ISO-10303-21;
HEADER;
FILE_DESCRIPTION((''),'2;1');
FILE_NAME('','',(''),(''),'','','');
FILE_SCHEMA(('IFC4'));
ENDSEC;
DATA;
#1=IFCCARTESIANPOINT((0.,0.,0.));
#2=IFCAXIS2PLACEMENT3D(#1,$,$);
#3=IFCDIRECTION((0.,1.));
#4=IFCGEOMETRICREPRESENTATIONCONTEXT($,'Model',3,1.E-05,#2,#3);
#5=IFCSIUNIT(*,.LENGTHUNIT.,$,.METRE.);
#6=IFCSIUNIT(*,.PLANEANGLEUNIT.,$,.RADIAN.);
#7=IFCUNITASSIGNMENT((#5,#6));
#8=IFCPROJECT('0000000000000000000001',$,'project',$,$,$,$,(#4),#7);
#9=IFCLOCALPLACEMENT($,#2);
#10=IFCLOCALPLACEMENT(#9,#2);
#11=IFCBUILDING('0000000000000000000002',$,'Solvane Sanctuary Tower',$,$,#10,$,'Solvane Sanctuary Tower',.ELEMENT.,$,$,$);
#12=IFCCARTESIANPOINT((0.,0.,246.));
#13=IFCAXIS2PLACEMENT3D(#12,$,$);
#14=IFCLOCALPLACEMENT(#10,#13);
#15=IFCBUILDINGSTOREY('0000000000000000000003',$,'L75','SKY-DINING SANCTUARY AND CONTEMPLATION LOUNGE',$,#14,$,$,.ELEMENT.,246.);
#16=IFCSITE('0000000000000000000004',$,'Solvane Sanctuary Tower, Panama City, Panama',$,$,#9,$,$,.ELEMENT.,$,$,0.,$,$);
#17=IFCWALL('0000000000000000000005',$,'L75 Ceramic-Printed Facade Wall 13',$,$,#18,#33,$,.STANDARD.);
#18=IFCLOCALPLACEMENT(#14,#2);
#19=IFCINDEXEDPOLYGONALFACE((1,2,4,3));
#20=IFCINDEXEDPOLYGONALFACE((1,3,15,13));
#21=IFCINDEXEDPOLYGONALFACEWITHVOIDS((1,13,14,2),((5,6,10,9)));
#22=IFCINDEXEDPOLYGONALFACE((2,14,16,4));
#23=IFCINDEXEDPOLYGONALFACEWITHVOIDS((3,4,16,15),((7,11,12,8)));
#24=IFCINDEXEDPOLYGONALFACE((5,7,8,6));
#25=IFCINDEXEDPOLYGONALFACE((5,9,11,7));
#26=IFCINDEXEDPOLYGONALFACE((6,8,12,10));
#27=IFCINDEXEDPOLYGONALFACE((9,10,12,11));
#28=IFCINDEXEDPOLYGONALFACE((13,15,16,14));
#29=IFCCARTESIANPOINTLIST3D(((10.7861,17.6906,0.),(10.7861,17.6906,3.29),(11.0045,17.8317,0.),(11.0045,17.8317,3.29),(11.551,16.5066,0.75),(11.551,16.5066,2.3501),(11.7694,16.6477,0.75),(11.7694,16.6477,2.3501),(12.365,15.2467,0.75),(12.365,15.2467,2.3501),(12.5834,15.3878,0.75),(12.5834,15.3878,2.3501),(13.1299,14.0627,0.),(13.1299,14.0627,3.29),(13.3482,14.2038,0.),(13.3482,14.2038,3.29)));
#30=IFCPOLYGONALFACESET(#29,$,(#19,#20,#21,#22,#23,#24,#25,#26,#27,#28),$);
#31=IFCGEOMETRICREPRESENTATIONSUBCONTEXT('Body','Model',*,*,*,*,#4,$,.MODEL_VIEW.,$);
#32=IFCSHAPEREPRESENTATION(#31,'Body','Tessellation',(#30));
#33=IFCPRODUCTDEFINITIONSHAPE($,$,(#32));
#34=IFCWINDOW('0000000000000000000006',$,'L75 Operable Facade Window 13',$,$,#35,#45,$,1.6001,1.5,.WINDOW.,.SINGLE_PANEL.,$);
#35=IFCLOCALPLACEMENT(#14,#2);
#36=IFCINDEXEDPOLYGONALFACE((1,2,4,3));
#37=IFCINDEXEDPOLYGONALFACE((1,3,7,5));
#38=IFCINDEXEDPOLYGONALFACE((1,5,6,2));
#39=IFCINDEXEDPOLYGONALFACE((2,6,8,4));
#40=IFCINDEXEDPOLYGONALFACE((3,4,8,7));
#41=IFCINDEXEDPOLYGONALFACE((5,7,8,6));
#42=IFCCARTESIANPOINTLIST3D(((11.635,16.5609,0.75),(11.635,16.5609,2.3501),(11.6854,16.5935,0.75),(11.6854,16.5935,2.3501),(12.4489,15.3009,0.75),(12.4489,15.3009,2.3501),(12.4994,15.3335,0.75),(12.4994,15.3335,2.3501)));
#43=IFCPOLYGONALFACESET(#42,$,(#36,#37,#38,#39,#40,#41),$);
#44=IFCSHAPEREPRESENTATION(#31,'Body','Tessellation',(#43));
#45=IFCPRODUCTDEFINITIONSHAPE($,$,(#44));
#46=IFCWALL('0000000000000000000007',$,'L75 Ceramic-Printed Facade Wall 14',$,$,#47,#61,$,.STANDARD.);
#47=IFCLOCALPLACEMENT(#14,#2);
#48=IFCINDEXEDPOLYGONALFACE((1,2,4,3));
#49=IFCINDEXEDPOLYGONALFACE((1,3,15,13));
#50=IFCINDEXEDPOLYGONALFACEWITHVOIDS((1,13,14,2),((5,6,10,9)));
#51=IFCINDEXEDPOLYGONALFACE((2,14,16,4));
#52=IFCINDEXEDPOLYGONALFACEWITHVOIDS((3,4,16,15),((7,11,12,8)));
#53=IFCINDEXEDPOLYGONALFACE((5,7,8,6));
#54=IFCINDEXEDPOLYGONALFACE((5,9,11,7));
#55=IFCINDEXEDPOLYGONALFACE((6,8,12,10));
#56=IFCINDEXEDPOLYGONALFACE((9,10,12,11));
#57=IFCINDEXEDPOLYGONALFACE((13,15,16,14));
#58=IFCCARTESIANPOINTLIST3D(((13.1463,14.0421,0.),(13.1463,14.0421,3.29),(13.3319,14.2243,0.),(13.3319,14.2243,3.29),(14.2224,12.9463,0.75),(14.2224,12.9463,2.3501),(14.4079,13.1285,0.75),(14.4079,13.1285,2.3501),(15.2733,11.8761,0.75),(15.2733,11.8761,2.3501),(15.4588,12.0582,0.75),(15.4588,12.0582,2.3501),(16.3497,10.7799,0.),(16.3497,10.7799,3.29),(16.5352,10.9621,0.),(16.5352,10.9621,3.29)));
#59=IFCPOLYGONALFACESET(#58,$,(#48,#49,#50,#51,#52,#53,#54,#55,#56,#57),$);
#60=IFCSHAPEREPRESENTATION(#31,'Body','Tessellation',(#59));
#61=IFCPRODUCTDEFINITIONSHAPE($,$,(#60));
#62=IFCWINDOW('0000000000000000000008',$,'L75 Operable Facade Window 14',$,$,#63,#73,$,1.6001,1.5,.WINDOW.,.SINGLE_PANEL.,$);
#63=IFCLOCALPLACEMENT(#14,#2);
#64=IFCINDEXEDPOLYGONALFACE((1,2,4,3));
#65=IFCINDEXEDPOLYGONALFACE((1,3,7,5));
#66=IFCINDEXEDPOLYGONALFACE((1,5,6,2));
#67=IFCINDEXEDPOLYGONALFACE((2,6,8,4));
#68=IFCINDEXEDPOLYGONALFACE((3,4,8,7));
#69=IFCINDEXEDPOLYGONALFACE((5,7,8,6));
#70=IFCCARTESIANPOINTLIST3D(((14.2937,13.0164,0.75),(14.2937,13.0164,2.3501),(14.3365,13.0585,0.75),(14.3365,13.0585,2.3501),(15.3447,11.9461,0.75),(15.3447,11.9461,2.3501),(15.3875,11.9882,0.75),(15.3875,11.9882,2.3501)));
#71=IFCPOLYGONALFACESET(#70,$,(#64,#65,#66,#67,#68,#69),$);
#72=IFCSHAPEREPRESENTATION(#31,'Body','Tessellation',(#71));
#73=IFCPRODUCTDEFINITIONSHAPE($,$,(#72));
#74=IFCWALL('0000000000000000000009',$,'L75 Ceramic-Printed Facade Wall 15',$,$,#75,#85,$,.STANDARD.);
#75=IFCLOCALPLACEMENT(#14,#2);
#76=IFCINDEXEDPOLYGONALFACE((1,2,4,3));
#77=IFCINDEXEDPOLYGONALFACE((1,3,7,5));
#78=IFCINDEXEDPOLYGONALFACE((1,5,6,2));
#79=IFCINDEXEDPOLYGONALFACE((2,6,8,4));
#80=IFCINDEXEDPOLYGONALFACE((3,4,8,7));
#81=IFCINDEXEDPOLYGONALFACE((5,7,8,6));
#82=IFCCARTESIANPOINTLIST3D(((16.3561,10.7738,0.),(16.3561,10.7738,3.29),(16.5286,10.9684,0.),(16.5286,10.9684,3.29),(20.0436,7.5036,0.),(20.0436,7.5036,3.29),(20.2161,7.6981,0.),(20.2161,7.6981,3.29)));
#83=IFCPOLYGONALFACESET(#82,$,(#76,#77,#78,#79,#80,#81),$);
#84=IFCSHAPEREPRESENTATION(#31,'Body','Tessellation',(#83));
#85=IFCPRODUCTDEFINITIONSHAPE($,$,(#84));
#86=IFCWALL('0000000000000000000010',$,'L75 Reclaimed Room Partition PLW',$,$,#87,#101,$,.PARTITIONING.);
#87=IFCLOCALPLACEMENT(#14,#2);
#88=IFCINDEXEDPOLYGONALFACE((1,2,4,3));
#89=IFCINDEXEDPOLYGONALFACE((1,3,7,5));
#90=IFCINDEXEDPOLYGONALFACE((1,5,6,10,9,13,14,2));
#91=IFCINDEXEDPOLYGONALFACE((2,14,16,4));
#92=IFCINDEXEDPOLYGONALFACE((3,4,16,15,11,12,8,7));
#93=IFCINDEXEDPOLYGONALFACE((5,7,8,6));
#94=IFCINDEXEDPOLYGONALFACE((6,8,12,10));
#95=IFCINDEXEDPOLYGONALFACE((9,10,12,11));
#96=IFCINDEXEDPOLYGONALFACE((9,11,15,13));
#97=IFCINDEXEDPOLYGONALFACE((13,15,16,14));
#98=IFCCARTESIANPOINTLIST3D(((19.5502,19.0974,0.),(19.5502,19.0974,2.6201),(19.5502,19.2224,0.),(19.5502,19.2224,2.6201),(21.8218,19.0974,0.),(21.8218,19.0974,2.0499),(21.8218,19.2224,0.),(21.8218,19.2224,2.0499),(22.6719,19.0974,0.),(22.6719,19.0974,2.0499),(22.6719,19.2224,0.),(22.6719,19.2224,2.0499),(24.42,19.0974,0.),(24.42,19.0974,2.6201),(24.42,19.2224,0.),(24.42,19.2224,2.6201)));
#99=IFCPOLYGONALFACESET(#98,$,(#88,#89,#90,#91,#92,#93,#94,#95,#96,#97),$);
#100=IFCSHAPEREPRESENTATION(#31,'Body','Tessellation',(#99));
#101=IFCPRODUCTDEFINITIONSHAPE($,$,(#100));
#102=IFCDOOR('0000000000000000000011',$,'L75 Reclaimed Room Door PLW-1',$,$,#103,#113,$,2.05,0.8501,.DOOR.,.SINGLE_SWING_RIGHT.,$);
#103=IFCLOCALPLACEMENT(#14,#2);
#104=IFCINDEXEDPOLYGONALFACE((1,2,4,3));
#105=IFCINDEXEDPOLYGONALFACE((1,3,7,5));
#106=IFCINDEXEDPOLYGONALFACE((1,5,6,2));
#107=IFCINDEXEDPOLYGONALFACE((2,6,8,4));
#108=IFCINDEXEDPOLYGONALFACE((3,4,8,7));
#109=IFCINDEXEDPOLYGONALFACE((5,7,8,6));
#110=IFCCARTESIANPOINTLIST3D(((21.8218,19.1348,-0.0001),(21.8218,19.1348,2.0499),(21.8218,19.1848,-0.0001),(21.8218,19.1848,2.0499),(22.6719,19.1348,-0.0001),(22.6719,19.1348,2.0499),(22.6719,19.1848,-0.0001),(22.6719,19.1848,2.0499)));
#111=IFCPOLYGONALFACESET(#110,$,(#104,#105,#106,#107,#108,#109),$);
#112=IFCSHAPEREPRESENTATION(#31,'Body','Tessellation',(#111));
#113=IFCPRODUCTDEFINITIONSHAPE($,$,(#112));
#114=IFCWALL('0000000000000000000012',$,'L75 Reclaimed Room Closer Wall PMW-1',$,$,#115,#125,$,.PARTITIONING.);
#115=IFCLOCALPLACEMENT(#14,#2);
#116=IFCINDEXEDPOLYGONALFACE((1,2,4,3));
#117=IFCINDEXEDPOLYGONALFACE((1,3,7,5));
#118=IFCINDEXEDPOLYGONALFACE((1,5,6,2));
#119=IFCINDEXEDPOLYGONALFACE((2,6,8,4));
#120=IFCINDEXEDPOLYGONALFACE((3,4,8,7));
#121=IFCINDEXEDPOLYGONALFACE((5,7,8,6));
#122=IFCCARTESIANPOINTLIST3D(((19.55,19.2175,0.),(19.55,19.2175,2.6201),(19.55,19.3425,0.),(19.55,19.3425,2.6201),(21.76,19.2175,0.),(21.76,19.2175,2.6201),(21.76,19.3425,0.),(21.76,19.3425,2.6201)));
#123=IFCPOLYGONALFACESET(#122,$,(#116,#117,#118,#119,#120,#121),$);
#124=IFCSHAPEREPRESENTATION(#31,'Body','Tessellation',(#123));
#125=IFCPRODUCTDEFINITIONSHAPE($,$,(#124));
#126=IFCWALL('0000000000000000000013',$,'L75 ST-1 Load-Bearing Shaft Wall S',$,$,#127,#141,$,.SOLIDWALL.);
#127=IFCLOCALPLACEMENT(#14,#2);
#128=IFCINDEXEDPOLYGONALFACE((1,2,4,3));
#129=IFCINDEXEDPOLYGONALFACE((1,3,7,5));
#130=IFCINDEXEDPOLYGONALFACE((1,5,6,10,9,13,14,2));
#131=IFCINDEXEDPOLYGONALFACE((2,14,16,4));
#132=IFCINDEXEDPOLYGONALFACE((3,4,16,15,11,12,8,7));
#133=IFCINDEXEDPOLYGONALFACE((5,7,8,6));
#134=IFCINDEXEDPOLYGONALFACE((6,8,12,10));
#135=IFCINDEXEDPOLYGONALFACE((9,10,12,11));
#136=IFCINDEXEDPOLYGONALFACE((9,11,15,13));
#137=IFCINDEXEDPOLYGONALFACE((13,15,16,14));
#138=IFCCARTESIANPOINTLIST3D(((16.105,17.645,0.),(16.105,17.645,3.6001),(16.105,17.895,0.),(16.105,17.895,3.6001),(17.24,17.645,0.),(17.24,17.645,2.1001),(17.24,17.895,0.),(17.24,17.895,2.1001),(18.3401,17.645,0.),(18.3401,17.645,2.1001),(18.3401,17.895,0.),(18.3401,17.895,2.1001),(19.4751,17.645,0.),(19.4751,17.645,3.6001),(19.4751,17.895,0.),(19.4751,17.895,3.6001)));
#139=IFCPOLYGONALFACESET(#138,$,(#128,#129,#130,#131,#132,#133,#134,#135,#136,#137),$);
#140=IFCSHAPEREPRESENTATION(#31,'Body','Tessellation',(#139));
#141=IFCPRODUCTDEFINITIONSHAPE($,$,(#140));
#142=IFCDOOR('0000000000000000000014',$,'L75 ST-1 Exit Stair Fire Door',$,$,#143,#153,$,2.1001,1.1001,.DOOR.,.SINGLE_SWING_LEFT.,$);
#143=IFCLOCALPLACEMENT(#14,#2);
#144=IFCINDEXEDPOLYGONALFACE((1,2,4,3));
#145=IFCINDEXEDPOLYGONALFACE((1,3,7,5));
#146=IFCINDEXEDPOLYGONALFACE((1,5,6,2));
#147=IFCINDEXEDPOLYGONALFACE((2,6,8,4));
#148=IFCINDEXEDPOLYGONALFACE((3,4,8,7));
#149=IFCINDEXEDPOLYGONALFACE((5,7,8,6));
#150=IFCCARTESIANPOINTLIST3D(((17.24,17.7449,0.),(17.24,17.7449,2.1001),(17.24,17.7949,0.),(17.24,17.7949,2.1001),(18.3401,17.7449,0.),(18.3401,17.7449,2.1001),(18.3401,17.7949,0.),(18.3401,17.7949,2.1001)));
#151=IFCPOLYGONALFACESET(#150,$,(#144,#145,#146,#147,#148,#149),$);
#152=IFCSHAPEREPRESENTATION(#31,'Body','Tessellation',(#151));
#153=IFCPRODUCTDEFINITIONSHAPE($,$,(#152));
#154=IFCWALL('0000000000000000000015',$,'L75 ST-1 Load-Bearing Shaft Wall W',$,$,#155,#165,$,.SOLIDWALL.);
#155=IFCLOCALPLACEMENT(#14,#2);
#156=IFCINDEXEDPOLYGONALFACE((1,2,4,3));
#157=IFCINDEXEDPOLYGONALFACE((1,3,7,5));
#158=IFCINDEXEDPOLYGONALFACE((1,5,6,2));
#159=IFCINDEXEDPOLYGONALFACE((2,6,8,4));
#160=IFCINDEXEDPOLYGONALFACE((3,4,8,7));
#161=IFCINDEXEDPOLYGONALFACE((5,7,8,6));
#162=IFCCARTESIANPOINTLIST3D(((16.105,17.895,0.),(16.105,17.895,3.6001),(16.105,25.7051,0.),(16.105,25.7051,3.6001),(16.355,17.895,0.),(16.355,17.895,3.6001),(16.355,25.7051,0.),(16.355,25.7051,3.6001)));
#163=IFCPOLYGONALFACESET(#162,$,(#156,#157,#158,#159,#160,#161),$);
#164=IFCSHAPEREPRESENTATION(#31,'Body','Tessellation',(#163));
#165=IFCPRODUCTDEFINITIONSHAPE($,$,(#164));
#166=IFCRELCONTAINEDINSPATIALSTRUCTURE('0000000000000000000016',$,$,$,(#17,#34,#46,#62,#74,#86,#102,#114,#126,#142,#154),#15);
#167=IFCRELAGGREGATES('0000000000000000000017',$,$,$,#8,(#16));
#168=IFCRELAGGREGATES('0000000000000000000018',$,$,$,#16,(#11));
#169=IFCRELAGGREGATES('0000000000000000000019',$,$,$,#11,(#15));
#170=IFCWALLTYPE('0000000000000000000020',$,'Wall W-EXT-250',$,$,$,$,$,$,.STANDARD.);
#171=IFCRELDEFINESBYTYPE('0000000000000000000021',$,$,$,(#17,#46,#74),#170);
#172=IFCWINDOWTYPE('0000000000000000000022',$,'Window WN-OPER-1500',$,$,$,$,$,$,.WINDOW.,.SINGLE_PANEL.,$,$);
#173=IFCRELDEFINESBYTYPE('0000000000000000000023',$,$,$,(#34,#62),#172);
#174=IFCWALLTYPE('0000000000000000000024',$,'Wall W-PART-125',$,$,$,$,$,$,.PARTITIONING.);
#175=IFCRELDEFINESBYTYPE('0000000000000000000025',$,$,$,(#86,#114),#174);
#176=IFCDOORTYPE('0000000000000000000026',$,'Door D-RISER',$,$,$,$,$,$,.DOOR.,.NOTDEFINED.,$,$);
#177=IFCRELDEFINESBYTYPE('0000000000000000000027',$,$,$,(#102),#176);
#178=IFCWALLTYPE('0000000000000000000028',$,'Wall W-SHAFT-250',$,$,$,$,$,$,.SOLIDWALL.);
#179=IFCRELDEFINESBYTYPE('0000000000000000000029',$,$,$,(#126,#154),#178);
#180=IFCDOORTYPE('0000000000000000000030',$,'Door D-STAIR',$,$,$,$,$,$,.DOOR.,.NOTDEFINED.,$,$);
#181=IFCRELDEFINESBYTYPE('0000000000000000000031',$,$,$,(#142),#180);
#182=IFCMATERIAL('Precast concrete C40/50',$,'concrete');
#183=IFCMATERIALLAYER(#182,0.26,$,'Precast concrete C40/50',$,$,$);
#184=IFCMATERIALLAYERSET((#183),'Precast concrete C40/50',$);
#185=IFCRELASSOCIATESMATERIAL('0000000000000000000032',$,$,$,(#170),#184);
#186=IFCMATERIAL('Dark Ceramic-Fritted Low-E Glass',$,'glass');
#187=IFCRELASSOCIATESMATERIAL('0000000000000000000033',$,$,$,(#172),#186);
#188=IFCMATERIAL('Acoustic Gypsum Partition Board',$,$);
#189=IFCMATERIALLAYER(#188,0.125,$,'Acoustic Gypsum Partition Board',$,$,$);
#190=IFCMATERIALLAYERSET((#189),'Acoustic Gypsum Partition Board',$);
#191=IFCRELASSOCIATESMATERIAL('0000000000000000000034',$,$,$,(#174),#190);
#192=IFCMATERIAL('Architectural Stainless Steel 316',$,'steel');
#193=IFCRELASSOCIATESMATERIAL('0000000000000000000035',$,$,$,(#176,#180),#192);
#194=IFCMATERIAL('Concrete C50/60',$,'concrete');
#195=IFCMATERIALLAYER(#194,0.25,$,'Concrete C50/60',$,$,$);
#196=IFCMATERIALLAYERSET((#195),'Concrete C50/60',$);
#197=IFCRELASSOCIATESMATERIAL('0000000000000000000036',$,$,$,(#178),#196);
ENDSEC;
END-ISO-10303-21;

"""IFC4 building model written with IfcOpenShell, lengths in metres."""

from ifc_helpers import new_model, si_unit, direction, frame, frame_2d, origin, place, context, subcontext, project, spatial, rectangle, extrude, material, layer, layer_set, type_object, element, fill, save


model = new_model("IFC4")

# Units and contexts
model_context = context("Model", 3, precision=1e-05, world=origin(), true_north=direction((0.0, 1.0)))
body_context = subcontext(model_context, "Body", "Model", "MODEL_VIEW")
ifc_project = project(units=[si_unit("LENGTHUNIT", "METRE"), si_unit("PLANEANGLEUNIT", "RADIAN")], contexts=[model_context])

# Site, building, storey
site_placement = place(None, origin())
site = spatial("IfcSite", under=ifc_project, at=site_placement, Name="Solvane Sanctuary Tower, Panama City, Panama", CompositionType="ELEMENT", RefElevation=0.0)
building_placement = place(site_placement, origin())
building = spatial("IfcBuilding", under=site, at=building_placement, Name="Solvane Sanctuary Tower", LongName="Solvane Sanctuary Tower", CompositionType="ELEMENT")
storey_placement = place(building_placement, frame((0.0, 0.0, 246.0)))
storey = spatial("IfcBuildingStorey", under=building, at=storey_placement, Name="L75", Description="SKY-DINING SANCTUARY AND CONTEMPLATION LOUNGE", CompositionType="ELEMENT", Elevation=246.0)

# Shared definitions
ifc_material_1 = material(Name="Concrete C50/60", Category="concrete")

# Shared definitions
ifc_material_2 = material(Name="Acoustic Gypsum Partition Board")

# Walls, openings, windows
ifc_material_3 = material(Name="Precast concrete C40/50", Category="concrete")
ifc_layer_1 = layer(ifc_material_3, 0.26, Name="Precast concrete C40/50")
ifc_layer_set_1 = layer_set([ifc_layer_1], Name="Precast concrete C40/50")
wall_type_1 = type_object("IfcWallType", Name="Wall W-EXT-250", PredefinedType="STANDARD", material=ifc_layer_set_1)
wall_1_placement = place(storey_placement, frame((10.8953, 17.7612, 0.0), z_axis=(0.0, 0.0, 1.0), x_axis=(0.542642, -0.839964, 0.0)))
wall_1 = element("IfcWall", 1, at=wall_1_placement, inside=storey, type_object=wall_type_1, Name="L75 Ceramic-Printed Facade Wall 13", PredefinedType="STANDARD", context=body_context, shape_type="SweptSolid", body=[
    extrude(rectangle(XDim=4.3191, YDim=0.26, at=frame_2d((2.1597, 0.0))), origin(), (0.0, 0.0, 1.0), 3.29),
])
opening_1_placement = place(wall_1_placement, frame((1.4097, 0.0, 0.75)))
opening_1 = element("IfcOpeningElement", 2, at=opening_1_placement, cuts=wall_1, PredefinedType="OPENING", context=body_context, shape_type="SweptSolid", body=[
    extrude(rectangle(XDim=1.5, YDim=1.6001, at=frame_2d((0.75, 0.8))), frame((0.0, 0.1399, 0.0), z_axis=(0.0, -1.0, 0.0), x_axis=(1.0, 0.0, 0.0)), (0.0, 0.0, 1.0), 0.28),
])
ifc_material_4 = material(Name="Dark Ceramic-Fritted Low-E Glass", Category="glass")
window_type = type_object("IfcWindowType", Name="Window WN-OPER-1500", PartitioningType="SINGLE_PANEL", PredefinedType="WINDOW", material=ifc_material_4)
window_1_placement = place(opening_1_placement, origin())
window_1 = element("IfcWindow", 3, at=window_1_placement, inside=storey, type_object=window_type, Name="L75 Operable Facade Window 13", OverallHeight=1.6001, OverallWidth=1.5, PartitioningType="SINGLE_PANEL", PredefinedType="WINDOW", context=body_context, shape_type="SweptSolid", body=[
    extrude(rectangle(XDim=1.5, YDim=1.6001, at=frame_2d((0.75, 0.8))), frame((0.0, 0.03, 0.0), z_axis=(0.0, -1.0, 0.0), x_axis=(1.0, 0.0, 0.0)), (0.0, 0.0, 1.0), 0.0601),
])
fill(opening_1, window_1)
wall_2_placement = place(storey_placement, frame((13.239, 14.1333, 0.0), z_axis=(0.0, 0.0, 1.0), x_axis=(0.700643, -0.713512, 0.0)))
wall_2 = element("IfcWall", 4, at=wall_2_placement, inside=storey, type_object=wall_type_1, Name="L75 Ceramic-Printed Facade Wall 14", PredefinedType="STANDARD", context=body_context, shape_type="SweptSolid", body=[
    extrude(rectangle(XDim=4.572, YDim=0.26, at=frame_2d((2.2861, 0.0))), origin(), (0.0, 0.0, 1.0), 3.29),
])
opening_2_placement = place(wall_2_placement, frame((1.5359, 0.0, 0.75)))
opening_2 = element("IfcOpeningElement", 5, at=opening_2_placement, cuts=wall_2, PredefinedType="OPENING", context=body_context, shape_type="SweptSolid", body=[
    extrude(rectangle(XDim=1.5, YDim=1.6001, at=frame_2d((0.75, 0.8))), frame((0.0, 0.1399, 0.0), z_axis=(0.0, -1.0, 0.0), x_axis=(1.0, 0.0, 0.0)), (0.0, 0.0, 1.0), 0.28),
])
window_2_placement = place(opening_2_placement, origin())
window_2 = element("IfcWindow", 6, at=window_2_placement, inside=storey, type_object=window_type, Name="L75 Operable Facade Window 14", OverallHeight=1.6001, OverallWidth=1.5, PartitioningType="SINGLE_PANEL", PredefinedType="WINDOW", context=body_context, shape_type="SweptSolid", body=[
    extrude(rectangle(XDim=1.5, YDim=1.6001, at=frame_2d((0.75, 0.8))), frame((0.0, 0.03, 0.0), z_axis=(0.0, -1.0, 0.0), x_axis=(1.0, 0.0, 0.0)), (0.0, 0.0, 1.0), 0.0601),
])
fill(opening_2, window_2)

# Wall
wall_3_placement = place(storey_placement, frame((16.4424, 10.8711, 0.0), z_axis=(0.0, 0.0, 1.0), x_axis=(0.748166, -0.663512, 0.0)))
element("IfcWall", 7, at=wall_3_placement, inside=storey, type_object=wall_type_1, Name="L75 Ceramic-Printed Facade Wall 15", PredefinedType="STANDARD", context=body_context, shape_type="SweptSolid", body=[
    extrude(rectangle(XDim=4.9287, YDim=0.26, at=frame_2d((2.4644, 0.0))), origin(), (0.0, 0.0, 1.0), 3.29),
])

# Wall, opening, door
ifc_layer_2 = layer(ifc_material_2, 0.125, Name="Acoustic Gypsum Partition Board")
ifc_layer_set_2 = layer_set([ifc_layer_2], Name="Acoustic Gypsum Partition Board")
wall_type_2 = type_object("IfcWallType", Name="Wall W-PART-125", PredefinedType="PARTITIONING", material=ifc_layer_set_2)
wall_4_placement = place(storey_placement, frame((19.55, 19.1599, 0.0), z_axis=(0.0, 0.0, 1.0), x_axis=(1.0, 0.0, 0.0)))
wall_4 = element("IfcWall", 8, at=wall_4_placement, inside=storey, type_object=wall_type_2, Name="L75 Reclaimed Room Partition PLW", PredefinedType="PARTITIONING", context=body_context, shape_type="SweptSolid", body=[
    extrude(rectangle(XDim=4.8699, YDim=0.125, at=frame_2d((2.4351, 0.0))), origin(), (0.0, 0.0, 1.0), 2.6201),
])
opening_3_placement = place(wall_4_placement, frame((2.2717, 0.0, 0.0)))
opening_3 = element("IfcOpeningElement", 9, at=opening_3_placement, cuts=wall_4, PredefinedType="OPENING", context=body_context, shape_type="SweptSolid", body=[
    extrude(rectangle(XDim=0.8501, YDim=2.05, at=frame_2d((0.425, 1.0249))), frame((0.0, 0.0725, 0.0), z_axis=(0.0, -1.0, 0.0), x_axis=(1.0, 0.0, 0.0)), (0.0, 0.0, 1.0), 0.145),
])
ifc_material_5 = material(Name="Architectural Stainless Steel 316", Category="steel")
door_type_1 = type_object("IfcDoorType", Name="Door D-RISER", OperationType="NOTDEFINED", PredefinedType="DOOR", material=ifc_material_5)
door_1_placement = place(opening_3_placement, origin())
door_1 = element("IfcDoor", 10, at=door_1_placement, inside=storey, type_object=door_type_1, Name="L75 Reclaimed Room Door PLW-1", OperationType="SINGLE_SWING_RIGHT", OverallHeight=2.05, OverallWidth=0.8501, PredefinedType="DOOR", context=body_context, shape_type="SweptSolid", body=[
    extrude(rectangle(XDim=0.8501, YDim=2.05, at=frame_2d((0.425, 1.0249))), frame((0.0, 0.0249, 0.0), z_axis=(0.0, -1.0, 0.0), x_axis=(1.0, 0.0, 0.0)), (0.0, 0.0, 1.0), 0.05),
])
fill(opening_3, door_1)

# Wall
wall_5_placement = place(storey_placement, frame((19.55, 19.28, 0.0), z_axis=(0.0, 0.0, 1.0), x_axis=(1.0, 0.0, 0.0)))
element("IfcWall", 11, at=wall_5_placement, inside=storey, type_object=wall_type_2, Name="L75 Reclaimed Room Closer Wall PMW-1", PredefinedType="PARTITIONING", context=body_context, shape_type="SweptSolid", body=[
    extrude(rectangle(XDim=2.21, YDim=0.125, at=frame_2d((1.105, 0.0))), origin(), (0.0, 0.0, 1.0), 2.6201),
])

# Wall, opening, door
ifc_layer_3 = layer(ifc_material_1, 0.25, Name="Concrete C50/60")
ifc_layer_set_3 = layer_set([ifc_layer_3], Name="Concrete C50/60")
wall_type_3 = type_object("IfcWallType", Name="Wall W-SHAFT-250", PredefinedType="SOLIDWALL", material=ifc_layer_set_3)
wall_6_placement = place(storey_placement, frame((16.105, 17.77, 0.0), z_axis=(0.0, 0.0, 1.0), x_axis=(1.0, 0.0, 0.0)))
wall_6 = element("IfcWall", 12, at=wall_6_placement, inside=storey, type_object=wall_type_3, Name="L75 ST-1 Load-Bearing Shaft Wall S", PredefinedType="SOLIDWALL", context=body_context, shape_type="SweptSolid", body=[
    extrude(rectangle(XDim=3.3701, YDim=0.25, at=frame_2d((1.6851, 0.0))), origin(), (0.0, 0.0, 1.0), 3.6001),
])
opening_4_placement = place(wall_6_placement, frame((1.135, 0.0, 0.0)))
opening_4 = element("IfcOpeningElement", 13, at=opening_4_placement, cuts=wall_6, PredefinedType="OPENING", context=body_context, shape_type="SweptSolid", body=[
    extrude(rectangle(XDim=1.1001, YDim=2.1001, at=frame_2d((0.55, 1.05))), frame((0.0, 0.135, 0.0), z_axis=(0.0, -1.0, 0.0), x_axis=(1.0, 0.0, 0.0)), (0.0, 0.0, 1.0), 0.27),
])
door_type_2 = type_object("IfcDoorType", Name="Door D-STAIR", OperationType="NOTDEFINED", PredefinedType="DOOR", material=ifc_material_5)
door_2_placement = place(opening_4_placement, origin())
door_2 = element("IfcDoor", 14, at=door_2_placement, inside=storey, type_object=door_type_2, Name="L75 ST-1 Exit Stair Fire Door", OperationType="SINGLE_SWING_LEFT", OverallHeight=2.1001, OverallWidth=1.1001, PredefinedType="DOOR", context=body_context, shape_type="SweptSolid", body=[
    extrude(rectangle(XDim=1.1001, YDim=2.1001, at=frame_2d((0.55, 1.05))), frame((0.0, 0.0249, 0.0), z_axis=(0.0, -1.0, 0.0), x_axis=(1.0, 0.0, 0.0)), (0.0, 0.0, 1.0), 0.05),
])
fill(opening_4, door_2)

# Wall
for number, where, z_axis, x_axis, name in (
    (15, (16.23, 17.895, 0.0), (0.0, 0.0, 1.0), (0.0, 1.0, 0.0), "L75 ST-1 Load-Bearing Shaft Wall W"),
):
    element("IfcWall", number, at=place(storey_placement, frame(where, z_axis=z_axis, x_axis=x_axis)), inside=storey, type_object=wall_type_3, Name=name, PredefinedType="SOLIDWALL", context=body_context, shape_type="SweptSolid", body=[
        extrude(rectangle(XDim=7.8101, YDim=0.25, at=frame_2d((3.905, 0.0))), origin(), (0.0, 0.0, 1.0), 3.6001),
    ])

save(model, "model.ifc")
